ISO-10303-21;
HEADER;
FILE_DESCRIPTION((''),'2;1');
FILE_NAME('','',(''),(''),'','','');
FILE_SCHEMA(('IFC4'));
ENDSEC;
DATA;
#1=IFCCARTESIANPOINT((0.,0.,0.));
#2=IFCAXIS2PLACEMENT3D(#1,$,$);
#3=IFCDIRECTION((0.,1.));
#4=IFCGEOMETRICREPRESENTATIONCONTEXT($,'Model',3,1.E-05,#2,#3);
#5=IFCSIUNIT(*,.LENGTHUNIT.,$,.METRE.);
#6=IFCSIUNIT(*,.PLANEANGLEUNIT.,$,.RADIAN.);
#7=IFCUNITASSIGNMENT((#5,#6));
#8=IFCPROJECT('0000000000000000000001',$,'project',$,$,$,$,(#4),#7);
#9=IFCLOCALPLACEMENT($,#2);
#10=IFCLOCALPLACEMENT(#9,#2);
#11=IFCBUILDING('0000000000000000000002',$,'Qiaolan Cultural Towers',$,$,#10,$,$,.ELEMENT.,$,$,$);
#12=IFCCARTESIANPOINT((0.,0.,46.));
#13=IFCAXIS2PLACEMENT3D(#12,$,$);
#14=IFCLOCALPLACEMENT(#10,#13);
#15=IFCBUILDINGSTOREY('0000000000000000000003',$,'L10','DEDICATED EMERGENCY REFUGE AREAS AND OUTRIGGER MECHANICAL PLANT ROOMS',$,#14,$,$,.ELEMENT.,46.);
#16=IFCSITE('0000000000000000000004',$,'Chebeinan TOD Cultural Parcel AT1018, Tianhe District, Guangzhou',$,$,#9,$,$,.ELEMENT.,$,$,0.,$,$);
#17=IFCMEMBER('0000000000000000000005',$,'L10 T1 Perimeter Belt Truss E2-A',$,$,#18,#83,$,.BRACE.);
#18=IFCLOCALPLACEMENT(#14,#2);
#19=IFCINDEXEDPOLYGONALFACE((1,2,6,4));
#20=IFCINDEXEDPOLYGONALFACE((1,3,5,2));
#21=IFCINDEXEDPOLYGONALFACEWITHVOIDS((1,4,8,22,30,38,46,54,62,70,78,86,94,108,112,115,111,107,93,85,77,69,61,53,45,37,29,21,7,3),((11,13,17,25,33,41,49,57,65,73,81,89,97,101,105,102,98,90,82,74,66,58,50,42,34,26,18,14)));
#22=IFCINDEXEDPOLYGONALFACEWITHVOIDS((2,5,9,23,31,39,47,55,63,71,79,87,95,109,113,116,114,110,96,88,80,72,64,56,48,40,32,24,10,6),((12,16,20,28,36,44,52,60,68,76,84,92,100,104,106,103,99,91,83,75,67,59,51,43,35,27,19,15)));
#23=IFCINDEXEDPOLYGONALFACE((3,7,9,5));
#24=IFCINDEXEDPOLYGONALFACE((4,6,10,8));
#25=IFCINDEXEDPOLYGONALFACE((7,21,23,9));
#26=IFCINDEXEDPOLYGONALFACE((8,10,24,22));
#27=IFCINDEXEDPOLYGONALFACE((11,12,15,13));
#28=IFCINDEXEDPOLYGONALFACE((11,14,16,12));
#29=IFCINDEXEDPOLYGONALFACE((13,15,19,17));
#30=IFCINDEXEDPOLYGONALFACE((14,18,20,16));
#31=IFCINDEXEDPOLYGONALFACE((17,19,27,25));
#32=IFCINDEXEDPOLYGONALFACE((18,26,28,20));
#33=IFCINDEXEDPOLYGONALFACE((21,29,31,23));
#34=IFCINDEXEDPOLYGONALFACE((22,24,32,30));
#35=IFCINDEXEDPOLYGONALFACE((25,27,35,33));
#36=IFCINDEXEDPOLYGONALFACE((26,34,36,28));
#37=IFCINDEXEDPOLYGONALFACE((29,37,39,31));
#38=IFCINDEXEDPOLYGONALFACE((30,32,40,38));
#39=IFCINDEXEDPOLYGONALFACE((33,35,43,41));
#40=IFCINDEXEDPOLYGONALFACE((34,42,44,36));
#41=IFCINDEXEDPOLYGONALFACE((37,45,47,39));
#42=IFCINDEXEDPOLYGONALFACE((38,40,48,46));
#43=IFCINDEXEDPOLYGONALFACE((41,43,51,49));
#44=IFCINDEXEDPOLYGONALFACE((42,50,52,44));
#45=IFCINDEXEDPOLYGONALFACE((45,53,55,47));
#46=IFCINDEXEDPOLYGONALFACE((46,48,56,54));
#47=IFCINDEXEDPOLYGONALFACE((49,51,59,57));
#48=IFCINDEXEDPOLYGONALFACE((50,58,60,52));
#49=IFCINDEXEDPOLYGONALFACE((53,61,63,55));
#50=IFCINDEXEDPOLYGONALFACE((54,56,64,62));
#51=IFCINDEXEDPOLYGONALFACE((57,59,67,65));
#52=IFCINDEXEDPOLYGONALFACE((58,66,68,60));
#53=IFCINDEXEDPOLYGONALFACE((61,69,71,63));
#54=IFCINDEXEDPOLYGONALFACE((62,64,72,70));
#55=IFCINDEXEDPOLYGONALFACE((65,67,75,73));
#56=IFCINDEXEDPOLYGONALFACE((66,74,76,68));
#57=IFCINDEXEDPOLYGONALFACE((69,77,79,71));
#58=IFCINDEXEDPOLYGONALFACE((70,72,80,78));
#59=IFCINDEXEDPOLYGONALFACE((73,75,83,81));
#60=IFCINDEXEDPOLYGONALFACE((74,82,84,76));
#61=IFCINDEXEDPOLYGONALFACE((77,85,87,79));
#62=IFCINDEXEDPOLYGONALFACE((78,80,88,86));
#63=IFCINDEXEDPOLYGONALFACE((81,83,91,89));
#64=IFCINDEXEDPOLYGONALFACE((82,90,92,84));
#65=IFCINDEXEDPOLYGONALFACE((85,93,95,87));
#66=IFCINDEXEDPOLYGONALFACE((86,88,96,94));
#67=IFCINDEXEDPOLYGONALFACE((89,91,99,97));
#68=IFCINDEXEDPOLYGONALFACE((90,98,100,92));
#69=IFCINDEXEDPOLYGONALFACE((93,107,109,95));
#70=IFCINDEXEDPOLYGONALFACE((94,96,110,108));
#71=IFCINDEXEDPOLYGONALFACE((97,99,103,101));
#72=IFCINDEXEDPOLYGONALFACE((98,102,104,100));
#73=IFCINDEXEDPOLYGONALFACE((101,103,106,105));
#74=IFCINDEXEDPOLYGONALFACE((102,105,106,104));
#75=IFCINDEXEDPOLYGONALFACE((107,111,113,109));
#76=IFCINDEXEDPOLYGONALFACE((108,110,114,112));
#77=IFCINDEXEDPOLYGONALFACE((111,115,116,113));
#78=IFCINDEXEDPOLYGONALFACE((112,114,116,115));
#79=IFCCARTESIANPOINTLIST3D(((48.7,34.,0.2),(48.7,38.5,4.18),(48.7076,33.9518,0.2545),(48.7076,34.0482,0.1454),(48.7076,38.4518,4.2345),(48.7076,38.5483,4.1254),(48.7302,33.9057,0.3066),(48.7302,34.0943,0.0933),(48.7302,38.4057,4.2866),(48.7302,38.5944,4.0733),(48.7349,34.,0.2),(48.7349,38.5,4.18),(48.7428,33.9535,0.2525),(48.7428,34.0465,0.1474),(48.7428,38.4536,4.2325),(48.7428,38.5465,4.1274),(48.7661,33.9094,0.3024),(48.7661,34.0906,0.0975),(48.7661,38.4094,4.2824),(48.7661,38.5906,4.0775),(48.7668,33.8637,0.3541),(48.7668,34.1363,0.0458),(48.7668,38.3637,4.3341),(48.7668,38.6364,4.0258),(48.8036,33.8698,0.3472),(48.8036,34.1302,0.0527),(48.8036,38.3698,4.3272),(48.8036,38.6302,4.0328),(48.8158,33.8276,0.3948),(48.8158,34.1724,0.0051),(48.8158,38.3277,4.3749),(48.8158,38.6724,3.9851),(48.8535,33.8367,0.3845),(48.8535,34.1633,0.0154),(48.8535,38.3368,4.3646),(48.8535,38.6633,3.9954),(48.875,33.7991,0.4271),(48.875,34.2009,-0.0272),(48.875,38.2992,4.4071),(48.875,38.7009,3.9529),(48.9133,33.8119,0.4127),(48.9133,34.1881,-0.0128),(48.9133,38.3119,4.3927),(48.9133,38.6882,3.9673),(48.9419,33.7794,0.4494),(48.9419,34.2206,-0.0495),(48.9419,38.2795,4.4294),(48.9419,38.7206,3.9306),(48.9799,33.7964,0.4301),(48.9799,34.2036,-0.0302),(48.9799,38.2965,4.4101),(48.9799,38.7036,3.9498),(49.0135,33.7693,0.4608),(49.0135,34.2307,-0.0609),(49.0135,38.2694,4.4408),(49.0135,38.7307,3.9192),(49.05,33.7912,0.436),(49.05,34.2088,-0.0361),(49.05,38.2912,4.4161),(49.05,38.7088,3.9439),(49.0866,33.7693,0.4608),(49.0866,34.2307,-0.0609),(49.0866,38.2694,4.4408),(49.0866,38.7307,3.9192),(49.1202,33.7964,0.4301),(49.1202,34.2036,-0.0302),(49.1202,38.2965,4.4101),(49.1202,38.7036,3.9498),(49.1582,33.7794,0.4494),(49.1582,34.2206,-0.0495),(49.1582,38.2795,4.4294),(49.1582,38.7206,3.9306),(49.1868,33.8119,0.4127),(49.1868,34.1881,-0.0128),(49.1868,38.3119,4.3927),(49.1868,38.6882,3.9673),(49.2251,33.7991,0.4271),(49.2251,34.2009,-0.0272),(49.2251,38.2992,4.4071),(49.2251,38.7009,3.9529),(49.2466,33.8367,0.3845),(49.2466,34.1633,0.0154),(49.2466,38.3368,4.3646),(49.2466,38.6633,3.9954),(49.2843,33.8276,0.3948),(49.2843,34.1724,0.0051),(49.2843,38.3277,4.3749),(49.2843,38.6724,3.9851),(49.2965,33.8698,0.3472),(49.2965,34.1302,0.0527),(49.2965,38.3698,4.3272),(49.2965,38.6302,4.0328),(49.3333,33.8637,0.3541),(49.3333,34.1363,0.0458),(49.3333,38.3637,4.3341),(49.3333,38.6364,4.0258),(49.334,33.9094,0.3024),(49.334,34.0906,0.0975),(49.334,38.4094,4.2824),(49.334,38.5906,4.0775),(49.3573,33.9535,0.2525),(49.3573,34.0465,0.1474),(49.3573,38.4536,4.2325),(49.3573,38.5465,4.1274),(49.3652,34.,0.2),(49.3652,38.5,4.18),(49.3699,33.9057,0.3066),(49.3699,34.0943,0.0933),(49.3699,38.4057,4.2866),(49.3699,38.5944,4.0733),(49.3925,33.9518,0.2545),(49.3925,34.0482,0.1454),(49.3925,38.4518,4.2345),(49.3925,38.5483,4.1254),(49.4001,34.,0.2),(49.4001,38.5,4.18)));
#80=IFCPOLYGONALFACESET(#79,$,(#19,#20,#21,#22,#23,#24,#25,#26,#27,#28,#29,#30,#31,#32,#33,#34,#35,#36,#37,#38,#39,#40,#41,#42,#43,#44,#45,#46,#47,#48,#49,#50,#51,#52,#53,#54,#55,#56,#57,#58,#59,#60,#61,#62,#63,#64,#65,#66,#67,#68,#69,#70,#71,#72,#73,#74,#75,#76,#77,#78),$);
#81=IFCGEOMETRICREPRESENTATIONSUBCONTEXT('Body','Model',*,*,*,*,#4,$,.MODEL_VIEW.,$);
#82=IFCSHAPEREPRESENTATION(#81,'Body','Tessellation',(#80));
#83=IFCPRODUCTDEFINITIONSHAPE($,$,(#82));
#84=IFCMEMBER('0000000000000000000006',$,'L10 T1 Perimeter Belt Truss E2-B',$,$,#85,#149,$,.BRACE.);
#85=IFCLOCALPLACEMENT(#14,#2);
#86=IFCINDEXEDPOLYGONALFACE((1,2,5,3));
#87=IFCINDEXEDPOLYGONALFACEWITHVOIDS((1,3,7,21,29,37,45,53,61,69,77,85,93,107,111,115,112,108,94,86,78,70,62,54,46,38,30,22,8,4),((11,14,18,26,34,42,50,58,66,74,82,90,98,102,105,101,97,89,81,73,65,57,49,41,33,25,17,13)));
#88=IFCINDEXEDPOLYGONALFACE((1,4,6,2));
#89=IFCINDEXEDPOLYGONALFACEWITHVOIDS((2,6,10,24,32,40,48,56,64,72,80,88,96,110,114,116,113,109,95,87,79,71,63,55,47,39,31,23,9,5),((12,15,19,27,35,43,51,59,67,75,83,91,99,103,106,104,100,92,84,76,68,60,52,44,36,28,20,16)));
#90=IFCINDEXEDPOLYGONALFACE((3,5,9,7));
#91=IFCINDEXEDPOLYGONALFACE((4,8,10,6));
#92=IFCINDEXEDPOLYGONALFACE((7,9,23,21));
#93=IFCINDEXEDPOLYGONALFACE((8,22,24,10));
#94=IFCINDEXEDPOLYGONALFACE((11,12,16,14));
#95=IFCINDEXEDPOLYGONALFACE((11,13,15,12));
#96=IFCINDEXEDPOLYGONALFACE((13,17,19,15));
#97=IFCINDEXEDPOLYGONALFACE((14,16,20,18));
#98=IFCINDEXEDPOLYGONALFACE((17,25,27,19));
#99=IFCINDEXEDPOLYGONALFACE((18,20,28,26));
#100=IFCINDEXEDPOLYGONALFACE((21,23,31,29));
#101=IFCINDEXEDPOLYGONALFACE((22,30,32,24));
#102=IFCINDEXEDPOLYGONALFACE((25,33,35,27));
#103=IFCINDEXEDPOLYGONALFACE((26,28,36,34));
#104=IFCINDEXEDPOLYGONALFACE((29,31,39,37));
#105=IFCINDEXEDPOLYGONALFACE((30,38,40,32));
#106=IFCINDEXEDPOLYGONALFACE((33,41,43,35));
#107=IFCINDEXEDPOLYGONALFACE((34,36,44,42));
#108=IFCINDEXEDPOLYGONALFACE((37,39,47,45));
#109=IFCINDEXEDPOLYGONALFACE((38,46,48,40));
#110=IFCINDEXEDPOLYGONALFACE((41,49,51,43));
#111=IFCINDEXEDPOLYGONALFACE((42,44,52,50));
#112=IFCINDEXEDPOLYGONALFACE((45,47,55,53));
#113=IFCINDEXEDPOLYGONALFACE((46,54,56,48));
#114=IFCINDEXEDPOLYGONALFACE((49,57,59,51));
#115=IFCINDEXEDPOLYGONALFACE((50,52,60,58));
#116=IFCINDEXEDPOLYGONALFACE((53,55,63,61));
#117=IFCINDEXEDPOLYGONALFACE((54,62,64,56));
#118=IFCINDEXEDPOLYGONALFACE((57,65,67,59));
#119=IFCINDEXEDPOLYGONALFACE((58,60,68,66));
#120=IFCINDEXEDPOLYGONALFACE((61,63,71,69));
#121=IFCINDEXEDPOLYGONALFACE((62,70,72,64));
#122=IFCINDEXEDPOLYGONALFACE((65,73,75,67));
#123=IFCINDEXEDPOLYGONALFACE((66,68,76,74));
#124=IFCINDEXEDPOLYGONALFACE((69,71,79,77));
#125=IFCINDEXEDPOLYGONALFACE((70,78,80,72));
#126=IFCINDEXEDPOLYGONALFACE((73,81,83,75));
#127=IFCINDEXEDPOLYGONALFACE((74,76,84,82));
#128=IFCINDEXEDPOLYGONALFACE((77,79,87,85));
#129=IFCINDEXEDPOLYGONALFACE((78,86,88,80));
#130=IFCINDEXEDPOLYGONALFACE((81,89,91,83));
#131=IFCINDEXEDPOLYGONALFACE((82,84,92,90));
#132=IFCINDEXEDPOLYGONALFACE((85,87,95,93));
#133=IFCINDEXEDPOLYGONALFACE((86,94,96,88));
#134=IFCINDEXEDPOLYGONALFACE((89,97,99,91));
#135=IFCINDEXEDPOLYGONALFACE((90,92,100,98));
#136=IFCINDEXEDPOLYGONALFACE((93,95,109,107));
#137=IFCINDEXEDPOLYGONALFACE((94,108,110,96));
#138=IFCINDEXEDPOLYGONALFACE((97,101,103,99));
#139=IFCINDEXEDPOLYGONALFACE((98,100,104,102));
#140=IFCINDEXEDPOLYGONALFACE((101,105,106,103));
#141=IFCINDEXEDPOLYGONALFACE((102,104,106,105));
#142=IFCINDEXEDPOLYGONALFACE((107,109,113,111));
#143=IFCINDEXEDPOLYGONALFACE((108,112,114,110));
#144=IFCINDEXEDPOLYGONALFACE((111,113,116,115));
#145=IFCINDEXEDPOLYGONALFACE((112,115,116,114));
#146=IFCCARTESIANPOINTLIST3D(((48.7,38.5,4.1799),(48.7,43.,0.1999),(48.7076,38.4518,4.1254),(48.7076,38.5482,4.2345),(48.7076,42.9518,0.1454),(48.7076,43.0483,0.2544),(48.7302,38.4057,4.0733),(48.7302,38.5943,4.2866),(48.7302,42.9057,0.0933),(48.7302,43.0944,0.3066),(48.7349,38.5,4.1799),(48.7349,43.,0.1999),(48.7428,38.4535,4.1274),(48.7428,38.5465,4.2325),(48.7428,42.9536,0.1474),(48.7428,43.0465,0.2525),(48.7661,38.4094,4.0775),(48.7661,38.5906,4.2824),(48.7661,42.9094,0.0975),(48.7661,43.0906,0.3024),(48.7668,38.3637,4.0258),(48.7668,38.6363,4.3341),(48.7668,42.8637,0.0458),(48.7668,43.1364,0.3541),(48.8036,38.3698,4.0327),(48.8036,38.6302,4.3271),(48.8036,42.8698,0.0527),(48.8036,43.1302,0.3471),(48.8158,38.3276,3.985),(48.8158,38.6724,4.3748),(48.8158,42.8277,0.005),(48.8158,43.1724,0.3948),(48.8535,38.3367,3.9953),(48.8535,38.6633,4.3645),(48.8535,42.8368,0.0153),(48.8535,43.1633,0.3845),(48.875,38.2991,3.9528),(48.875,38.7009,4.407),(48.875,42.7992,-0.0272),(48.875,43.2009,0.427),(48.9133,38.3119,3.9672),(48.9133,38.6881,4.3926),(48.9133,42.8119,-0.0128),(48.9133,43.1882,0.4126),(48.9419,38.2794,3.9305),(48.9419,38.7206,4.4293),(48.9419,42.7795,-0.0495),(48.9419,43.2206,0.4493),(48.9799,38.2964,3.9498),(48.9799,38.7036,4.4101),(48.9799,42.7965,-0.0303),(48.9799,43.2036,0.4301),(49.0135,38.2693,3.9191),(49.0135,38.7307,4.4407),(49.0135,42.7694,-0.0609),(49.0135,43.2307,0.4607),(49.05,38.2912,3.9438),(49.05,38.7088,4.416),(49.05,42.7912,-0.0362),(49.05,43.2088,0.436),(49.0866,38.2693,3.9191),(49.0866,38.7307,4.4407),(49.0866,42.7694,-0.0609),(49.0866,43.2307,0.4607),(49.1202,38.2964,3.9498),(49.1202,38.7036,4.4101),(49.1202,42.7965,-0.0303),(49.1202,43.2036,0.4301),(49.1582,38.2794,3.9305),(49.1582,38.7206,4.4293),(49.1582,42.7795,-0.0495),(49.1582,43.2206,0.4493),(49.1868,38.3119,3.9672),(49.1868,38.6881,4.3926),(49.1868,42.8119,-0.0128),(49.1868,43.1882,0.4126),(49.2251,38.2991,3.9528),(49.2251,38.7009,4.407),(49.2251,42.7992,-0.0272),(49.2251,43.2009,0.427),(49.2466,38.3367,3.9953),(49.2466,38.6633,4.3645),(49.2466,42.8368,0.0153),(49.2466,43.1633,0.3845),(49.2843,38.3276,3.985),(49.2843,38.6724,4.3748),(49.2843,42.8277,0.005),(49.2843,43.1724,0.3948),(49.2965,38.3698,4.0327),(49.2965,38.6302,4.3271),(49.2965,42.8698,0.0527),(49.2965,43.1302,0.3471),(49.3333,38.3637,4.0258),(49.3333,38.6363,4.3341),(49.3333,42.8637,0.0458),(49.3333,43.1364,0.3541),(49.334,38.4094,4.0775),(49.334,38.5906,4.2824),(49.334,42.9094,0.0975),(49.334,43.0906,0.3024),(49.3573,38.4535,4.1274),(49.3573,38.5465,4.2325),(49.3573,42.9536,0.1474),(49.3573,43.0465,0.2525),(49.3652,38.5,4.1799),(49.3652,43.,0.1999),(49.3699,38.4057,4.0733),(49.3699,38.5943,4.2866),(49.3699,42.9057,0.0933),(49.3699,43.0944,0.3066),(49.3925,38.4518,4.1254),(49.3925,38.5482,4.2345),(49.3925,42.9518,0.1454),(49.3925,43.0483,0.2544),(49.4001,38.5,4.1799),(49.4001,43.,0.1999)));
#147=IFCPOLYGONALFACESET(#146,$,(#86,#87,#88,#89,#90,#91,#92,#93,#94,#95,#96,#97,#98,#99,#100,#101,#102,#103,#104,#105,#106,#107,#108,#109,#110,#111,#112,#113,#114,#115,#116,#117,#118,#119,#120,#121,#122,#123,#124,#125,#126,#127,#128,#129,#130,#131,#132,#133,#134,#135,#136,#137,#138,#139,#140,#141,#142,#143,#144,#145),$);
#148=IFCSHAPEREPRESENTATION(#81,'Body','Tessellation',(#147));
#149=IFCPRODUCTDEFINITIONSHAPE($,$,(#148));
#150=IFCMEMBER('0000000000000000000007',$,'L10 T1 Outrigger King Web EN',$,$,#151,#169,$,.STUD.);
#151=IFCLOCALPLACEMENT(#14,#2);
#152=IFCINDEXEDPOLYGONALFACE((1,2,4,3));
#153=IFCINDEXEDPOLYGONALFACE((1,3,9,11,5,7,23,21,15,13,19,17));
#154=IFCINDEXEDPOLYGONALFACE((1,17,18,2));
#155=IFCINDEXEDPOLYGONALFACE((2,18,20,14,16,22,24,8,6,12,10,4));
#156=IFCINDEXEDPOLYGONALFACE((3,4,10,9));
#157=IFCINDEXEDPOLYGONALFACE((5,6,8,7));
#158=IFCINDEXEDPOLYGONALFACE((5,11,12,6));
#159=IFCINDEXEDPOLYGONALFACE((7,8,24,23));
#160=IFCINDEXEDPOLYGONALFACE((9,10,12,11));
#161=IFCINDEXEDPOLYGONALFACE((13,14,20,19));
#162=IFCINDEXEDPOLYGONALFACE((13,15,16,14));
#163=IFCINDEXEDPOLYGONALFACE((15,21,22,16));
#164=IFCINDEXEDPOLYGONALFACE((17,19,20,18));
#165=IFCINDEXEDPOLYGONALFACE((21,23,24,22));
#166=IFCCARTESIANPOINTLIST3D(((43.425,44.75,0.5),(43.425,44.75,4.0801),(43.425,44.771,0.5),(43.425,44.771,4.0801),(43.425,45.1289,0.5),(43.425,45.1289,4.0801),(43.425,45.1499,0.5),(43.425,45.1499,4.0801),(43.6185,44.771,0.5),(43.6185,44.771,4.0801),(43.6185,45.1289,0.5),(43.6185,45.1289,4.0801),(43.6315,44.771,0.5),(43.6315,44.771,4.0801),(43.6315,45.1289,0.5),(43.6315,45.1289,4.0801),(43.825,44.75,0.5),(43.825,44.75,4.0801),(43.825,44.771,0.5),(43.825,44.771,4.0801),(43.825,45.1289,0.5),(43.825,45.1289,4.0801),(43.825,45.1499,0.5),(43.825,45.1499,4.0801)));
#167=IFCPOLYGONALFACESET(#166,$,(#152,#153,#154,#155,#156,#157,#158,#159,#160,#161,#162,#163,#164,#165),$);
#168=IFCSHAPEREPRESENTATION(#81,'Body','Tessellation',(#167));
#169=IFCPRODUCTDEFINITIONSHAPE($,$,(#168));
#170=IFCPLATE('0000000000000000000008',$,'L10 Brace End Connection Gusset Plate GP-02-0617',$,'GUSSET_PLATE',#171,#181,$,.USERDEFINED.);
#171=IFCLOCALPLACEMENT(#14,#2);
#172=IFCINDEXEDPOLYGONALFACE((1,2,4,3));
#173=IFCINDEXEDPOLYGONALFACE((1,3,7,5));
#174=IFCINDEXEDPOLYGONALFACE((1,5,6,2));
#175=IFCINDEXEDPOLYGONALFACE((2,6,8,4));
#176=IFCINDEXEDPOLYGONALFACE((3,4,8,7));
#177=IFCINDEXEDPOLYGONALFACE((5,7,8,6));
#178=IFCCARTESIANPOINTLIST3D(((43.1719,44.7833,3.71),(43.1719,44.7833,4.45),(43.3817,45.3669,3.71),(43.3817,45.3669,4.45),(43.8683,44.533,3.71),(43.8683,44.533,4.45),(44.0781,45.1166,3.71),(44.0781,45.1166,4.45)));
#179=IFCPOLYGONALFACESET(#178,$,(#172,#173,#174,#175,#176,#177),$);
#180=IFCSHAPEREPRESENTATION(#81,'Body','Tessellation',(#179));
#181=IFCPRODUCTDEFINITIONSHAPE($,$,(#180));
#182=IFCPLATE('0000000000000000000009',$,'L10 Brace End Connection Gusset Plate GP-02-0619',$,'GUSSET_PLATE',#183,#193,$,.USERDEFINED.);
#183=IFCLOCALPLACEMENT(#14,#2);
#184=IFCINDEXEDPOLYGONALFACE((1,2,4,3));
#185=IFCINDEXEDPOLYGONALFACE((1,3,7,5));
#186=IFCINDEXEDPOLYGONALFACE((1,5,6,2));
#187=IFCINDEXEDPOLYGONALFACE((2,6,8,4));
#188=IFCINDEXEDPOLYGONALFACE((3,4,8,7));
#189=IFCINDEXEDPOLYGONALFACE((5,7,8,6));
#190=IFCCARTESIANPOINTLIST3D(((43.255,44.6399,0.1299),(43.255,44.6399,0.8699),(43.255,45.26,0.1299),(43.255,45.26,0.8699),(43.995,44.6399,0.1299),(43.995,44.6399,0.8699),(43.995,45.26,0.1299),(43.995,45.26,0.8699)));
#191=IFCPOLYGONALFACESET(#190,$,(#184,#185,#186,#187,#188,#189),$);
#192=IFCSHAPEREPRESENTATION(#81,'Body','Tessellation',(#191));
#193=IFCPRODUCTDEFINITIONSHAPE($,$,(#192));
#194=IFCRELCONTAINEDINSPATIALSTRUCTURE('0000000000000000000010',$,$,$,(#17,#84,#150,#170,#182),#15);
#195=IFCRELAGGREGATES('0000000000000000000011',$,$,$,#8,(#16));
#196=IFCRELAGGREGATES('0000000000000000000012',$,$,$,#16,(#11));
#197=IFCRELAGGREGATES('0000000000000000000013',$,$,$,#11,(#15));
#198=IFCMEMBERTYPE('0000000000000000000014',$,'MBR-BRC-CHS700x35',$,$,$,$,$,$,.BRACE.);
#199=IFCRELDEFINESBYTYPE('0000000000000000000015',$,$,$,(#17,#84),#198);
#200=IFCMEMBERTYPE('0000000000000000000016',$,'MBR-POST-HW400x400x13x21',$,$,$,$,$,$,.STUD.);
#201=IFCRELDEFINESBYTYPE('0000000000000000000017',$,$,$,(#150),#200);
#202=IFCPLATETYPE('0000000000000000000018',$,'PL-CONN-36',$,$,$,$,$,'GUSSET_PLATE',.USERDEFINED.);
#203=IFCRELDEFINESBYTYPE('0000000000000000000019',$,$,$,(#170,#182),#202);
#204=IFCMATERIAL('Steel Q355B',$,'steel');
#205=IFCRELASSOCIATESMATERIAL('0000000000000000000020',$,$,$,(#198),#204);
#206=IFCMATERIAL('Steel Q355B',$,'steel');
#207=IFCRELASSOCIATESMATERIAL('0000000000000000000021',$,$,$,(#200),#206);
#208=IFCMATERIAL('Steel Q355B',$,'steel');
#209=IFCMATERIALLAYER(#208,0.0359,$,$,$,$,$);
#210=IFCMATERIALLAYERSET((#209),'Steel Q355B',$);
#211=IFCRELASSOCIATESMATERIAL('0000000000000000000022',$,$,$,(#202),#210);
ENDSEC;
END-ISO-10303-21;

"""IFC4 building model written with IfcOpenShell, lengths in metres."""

from ifc_helpers import new_model, si_unit, direction, frame, origin, origin_2d, place, context, subcontext, project, spatial, rectangle, hollow_circle, i_section, extrude, material, layer, layer_set, material_profile, profile_set, type_object, element, save


model = new_model("IFC4")

# Units and contexts
model_context = context("Model", 3, precision=1e-05, world=origin(), true_north=direction((0.0, 1.0)))
body_context = subcontext(model_context, "Body", "Model", "MODEL_VIEW")
ifc_project = project(units=[si_unit("LENGTHUNIT", "METRE"), si_unit("PLANEANGLEUNIT", "RADIAN")], contexts=[model_context])

# Site, building, storey
site_placement = place(None, origin())
site = spatial("IfcSite", under=ifc_project, at=site_placement, Name="Chebeinan TOD Cultural Parcel AT1018, Tianhe District, Guangzhou", CompositionType="ELEMENT", RefElevation=0.0)
building_placement = place(site_placement, origin())
building = spatial("IfcBuilding", under=site, at=building_placement, Name="Qiaolan Cultural Towers", CompositionType="ELEMENT")
storey_placement = place(building_placement, frame((0.0, 0.0, 46.0)))
storey = spatial("IfcBuildingStorey", under=building, at=storey_placement, Name="L10", Description="DEDICATED EMERGENCY REFUGE AREAS AND OUTRIGGER MECHANICAL PLANT ROOMS", CompositionType="ELEMENT", Elevation=46.0)

# Members
ifc_material_1 = material(Name="Steel Q355B", Category="steel")
ifc_material_profile_1 = material_profile(ifc_material_1, hollow_circle(Radius=0.3501, WallThickness=0.0349, at=origin_2d()), Name="CHS700x35")
ifc_profile_set_1 = profile_set([ifc_material_profile_1], Name="Steel Q355B")
member_type_1 = type_object("IfcMemberType", Name="MBR-BRC-CHS700x35", PredefinedType="BRACE", material=ifc_profile_set_1)
for number, where, z_axis, x_axis, name in (
    (1, (49.05, 34.0, 0.2), (0.0, 0.749062, 0.6625), (-1.0, 0.0, 0.0), "L10 T1 Perimeter Belt Truss E2-A"),
    (2, (49.05, 38.5, 4.1799), (0.0, 0.749062, -0.6625), (-1.0, 0.0, 0.0), "L10 T1 Perimeter Belt Truss E2-B"),
):
    element("IfcMember", number, at=place(storey_placement, frame(where, z_axis=z_axis, x_axis=x_axis)), inside=storey, type_object=member_type_1, Name=name, PredefinedType="BRACE", context=body_context, shape_type="SweptSolid", body=[
        extrude(hollow_circle(Radius=0.3501, WallThickness=0.0349, at=origin_2d()), origin(), (0.0, 0.0, 1.0), 6.0076),
    ])
ifc_material_2 = material(Name="Steel Q355B", Category="steel")
ifc_material_profile_2 = material_profile(ifc_material_2, i_section(OverallWidth=0.3999, OverallDepth=0.3999, WebThickness=0.0129, FlangeThickness=0.021, at=origin_2d()), Name="HW400x400x13x21")
ifc_profile_set_2 = profile_set([ifc_material_profile_2], Name="Steel Q355B")
member_type_2 = type_object("IfcMemberType", Name="MBR-POST-HW400x400x13x21", PredefinedType="STUD", material=ifc_profile_set_2)
member_1_placement = place(storey_placement, frame((43.625, 44.95, 0.5), z_axis=(0.0, 0.0, 1.0), x_axis=(1.0, 0.0, 0.0)))
element("IfcMember", 3, at=member_1_placement, inside=storey, type_object=member_type_2, Name="L10 T1 Outrigger King Web EN", PredefinedType="STUD", context=body_context, shape_type="SweptSolid", body=[
    extrude(i_section(OverallWidth=0.3999, OverallDepth=0.3999, WebThickness=0.0129, FlangeThickness=0.021, at=origin_2d()), origin(), (0.0, 0.0, 1.0), 3.5801),
])

# Plates
ifc_material_3 = material(Name="Steel Q355B", Category="steel")
ifc_layer_1 = layer(ifc_material_3, 0.0359)
ifc_layer_set_1 = layer_set([ifc_layer_1], Name="Steel Q355B")
plate_type_1 = type_object("IfcPlateType", Name="PL-CONN-36", ElementType="GUSSET_PLATE", PredefinedType="USERDEFINED", material=ifc_layer_set_1)
for number, where, z_axis, x_axis, name in (
    (4, (43.625, 44.95, 3.71), (0.0, 0.0, 1.0), (-0.941053, 0.338259, 0.0), "L10 Brace End Connection Gusset Plate GP-02-0617"),
    (5, (43.625, 44.95, 0.1299), (0.0, 0.0, 1.0), (1.0, 0.0, 0.0), "L10 Brace End Connection Gusset Plate GP-02-0619"),
):
    element("IfcPlate", number, at=place(storey_placement, frame(where, z_axis=z_axis, x_axis=x_axis)), inside=storey, type_object=plate_type_1, Name=name, ObjectType="GUSSET_PLATE", PredefinedType="USERDEFINED", context=body_context, shape_type="SweptSolid", body=[
        extrude(rectangle(XDim=0.74, YDim=0.6201, at=origin_2d()), origin(), (0.0, 0.0, 1.0), 0.74),
    ])

save(model, "model.ifc")
